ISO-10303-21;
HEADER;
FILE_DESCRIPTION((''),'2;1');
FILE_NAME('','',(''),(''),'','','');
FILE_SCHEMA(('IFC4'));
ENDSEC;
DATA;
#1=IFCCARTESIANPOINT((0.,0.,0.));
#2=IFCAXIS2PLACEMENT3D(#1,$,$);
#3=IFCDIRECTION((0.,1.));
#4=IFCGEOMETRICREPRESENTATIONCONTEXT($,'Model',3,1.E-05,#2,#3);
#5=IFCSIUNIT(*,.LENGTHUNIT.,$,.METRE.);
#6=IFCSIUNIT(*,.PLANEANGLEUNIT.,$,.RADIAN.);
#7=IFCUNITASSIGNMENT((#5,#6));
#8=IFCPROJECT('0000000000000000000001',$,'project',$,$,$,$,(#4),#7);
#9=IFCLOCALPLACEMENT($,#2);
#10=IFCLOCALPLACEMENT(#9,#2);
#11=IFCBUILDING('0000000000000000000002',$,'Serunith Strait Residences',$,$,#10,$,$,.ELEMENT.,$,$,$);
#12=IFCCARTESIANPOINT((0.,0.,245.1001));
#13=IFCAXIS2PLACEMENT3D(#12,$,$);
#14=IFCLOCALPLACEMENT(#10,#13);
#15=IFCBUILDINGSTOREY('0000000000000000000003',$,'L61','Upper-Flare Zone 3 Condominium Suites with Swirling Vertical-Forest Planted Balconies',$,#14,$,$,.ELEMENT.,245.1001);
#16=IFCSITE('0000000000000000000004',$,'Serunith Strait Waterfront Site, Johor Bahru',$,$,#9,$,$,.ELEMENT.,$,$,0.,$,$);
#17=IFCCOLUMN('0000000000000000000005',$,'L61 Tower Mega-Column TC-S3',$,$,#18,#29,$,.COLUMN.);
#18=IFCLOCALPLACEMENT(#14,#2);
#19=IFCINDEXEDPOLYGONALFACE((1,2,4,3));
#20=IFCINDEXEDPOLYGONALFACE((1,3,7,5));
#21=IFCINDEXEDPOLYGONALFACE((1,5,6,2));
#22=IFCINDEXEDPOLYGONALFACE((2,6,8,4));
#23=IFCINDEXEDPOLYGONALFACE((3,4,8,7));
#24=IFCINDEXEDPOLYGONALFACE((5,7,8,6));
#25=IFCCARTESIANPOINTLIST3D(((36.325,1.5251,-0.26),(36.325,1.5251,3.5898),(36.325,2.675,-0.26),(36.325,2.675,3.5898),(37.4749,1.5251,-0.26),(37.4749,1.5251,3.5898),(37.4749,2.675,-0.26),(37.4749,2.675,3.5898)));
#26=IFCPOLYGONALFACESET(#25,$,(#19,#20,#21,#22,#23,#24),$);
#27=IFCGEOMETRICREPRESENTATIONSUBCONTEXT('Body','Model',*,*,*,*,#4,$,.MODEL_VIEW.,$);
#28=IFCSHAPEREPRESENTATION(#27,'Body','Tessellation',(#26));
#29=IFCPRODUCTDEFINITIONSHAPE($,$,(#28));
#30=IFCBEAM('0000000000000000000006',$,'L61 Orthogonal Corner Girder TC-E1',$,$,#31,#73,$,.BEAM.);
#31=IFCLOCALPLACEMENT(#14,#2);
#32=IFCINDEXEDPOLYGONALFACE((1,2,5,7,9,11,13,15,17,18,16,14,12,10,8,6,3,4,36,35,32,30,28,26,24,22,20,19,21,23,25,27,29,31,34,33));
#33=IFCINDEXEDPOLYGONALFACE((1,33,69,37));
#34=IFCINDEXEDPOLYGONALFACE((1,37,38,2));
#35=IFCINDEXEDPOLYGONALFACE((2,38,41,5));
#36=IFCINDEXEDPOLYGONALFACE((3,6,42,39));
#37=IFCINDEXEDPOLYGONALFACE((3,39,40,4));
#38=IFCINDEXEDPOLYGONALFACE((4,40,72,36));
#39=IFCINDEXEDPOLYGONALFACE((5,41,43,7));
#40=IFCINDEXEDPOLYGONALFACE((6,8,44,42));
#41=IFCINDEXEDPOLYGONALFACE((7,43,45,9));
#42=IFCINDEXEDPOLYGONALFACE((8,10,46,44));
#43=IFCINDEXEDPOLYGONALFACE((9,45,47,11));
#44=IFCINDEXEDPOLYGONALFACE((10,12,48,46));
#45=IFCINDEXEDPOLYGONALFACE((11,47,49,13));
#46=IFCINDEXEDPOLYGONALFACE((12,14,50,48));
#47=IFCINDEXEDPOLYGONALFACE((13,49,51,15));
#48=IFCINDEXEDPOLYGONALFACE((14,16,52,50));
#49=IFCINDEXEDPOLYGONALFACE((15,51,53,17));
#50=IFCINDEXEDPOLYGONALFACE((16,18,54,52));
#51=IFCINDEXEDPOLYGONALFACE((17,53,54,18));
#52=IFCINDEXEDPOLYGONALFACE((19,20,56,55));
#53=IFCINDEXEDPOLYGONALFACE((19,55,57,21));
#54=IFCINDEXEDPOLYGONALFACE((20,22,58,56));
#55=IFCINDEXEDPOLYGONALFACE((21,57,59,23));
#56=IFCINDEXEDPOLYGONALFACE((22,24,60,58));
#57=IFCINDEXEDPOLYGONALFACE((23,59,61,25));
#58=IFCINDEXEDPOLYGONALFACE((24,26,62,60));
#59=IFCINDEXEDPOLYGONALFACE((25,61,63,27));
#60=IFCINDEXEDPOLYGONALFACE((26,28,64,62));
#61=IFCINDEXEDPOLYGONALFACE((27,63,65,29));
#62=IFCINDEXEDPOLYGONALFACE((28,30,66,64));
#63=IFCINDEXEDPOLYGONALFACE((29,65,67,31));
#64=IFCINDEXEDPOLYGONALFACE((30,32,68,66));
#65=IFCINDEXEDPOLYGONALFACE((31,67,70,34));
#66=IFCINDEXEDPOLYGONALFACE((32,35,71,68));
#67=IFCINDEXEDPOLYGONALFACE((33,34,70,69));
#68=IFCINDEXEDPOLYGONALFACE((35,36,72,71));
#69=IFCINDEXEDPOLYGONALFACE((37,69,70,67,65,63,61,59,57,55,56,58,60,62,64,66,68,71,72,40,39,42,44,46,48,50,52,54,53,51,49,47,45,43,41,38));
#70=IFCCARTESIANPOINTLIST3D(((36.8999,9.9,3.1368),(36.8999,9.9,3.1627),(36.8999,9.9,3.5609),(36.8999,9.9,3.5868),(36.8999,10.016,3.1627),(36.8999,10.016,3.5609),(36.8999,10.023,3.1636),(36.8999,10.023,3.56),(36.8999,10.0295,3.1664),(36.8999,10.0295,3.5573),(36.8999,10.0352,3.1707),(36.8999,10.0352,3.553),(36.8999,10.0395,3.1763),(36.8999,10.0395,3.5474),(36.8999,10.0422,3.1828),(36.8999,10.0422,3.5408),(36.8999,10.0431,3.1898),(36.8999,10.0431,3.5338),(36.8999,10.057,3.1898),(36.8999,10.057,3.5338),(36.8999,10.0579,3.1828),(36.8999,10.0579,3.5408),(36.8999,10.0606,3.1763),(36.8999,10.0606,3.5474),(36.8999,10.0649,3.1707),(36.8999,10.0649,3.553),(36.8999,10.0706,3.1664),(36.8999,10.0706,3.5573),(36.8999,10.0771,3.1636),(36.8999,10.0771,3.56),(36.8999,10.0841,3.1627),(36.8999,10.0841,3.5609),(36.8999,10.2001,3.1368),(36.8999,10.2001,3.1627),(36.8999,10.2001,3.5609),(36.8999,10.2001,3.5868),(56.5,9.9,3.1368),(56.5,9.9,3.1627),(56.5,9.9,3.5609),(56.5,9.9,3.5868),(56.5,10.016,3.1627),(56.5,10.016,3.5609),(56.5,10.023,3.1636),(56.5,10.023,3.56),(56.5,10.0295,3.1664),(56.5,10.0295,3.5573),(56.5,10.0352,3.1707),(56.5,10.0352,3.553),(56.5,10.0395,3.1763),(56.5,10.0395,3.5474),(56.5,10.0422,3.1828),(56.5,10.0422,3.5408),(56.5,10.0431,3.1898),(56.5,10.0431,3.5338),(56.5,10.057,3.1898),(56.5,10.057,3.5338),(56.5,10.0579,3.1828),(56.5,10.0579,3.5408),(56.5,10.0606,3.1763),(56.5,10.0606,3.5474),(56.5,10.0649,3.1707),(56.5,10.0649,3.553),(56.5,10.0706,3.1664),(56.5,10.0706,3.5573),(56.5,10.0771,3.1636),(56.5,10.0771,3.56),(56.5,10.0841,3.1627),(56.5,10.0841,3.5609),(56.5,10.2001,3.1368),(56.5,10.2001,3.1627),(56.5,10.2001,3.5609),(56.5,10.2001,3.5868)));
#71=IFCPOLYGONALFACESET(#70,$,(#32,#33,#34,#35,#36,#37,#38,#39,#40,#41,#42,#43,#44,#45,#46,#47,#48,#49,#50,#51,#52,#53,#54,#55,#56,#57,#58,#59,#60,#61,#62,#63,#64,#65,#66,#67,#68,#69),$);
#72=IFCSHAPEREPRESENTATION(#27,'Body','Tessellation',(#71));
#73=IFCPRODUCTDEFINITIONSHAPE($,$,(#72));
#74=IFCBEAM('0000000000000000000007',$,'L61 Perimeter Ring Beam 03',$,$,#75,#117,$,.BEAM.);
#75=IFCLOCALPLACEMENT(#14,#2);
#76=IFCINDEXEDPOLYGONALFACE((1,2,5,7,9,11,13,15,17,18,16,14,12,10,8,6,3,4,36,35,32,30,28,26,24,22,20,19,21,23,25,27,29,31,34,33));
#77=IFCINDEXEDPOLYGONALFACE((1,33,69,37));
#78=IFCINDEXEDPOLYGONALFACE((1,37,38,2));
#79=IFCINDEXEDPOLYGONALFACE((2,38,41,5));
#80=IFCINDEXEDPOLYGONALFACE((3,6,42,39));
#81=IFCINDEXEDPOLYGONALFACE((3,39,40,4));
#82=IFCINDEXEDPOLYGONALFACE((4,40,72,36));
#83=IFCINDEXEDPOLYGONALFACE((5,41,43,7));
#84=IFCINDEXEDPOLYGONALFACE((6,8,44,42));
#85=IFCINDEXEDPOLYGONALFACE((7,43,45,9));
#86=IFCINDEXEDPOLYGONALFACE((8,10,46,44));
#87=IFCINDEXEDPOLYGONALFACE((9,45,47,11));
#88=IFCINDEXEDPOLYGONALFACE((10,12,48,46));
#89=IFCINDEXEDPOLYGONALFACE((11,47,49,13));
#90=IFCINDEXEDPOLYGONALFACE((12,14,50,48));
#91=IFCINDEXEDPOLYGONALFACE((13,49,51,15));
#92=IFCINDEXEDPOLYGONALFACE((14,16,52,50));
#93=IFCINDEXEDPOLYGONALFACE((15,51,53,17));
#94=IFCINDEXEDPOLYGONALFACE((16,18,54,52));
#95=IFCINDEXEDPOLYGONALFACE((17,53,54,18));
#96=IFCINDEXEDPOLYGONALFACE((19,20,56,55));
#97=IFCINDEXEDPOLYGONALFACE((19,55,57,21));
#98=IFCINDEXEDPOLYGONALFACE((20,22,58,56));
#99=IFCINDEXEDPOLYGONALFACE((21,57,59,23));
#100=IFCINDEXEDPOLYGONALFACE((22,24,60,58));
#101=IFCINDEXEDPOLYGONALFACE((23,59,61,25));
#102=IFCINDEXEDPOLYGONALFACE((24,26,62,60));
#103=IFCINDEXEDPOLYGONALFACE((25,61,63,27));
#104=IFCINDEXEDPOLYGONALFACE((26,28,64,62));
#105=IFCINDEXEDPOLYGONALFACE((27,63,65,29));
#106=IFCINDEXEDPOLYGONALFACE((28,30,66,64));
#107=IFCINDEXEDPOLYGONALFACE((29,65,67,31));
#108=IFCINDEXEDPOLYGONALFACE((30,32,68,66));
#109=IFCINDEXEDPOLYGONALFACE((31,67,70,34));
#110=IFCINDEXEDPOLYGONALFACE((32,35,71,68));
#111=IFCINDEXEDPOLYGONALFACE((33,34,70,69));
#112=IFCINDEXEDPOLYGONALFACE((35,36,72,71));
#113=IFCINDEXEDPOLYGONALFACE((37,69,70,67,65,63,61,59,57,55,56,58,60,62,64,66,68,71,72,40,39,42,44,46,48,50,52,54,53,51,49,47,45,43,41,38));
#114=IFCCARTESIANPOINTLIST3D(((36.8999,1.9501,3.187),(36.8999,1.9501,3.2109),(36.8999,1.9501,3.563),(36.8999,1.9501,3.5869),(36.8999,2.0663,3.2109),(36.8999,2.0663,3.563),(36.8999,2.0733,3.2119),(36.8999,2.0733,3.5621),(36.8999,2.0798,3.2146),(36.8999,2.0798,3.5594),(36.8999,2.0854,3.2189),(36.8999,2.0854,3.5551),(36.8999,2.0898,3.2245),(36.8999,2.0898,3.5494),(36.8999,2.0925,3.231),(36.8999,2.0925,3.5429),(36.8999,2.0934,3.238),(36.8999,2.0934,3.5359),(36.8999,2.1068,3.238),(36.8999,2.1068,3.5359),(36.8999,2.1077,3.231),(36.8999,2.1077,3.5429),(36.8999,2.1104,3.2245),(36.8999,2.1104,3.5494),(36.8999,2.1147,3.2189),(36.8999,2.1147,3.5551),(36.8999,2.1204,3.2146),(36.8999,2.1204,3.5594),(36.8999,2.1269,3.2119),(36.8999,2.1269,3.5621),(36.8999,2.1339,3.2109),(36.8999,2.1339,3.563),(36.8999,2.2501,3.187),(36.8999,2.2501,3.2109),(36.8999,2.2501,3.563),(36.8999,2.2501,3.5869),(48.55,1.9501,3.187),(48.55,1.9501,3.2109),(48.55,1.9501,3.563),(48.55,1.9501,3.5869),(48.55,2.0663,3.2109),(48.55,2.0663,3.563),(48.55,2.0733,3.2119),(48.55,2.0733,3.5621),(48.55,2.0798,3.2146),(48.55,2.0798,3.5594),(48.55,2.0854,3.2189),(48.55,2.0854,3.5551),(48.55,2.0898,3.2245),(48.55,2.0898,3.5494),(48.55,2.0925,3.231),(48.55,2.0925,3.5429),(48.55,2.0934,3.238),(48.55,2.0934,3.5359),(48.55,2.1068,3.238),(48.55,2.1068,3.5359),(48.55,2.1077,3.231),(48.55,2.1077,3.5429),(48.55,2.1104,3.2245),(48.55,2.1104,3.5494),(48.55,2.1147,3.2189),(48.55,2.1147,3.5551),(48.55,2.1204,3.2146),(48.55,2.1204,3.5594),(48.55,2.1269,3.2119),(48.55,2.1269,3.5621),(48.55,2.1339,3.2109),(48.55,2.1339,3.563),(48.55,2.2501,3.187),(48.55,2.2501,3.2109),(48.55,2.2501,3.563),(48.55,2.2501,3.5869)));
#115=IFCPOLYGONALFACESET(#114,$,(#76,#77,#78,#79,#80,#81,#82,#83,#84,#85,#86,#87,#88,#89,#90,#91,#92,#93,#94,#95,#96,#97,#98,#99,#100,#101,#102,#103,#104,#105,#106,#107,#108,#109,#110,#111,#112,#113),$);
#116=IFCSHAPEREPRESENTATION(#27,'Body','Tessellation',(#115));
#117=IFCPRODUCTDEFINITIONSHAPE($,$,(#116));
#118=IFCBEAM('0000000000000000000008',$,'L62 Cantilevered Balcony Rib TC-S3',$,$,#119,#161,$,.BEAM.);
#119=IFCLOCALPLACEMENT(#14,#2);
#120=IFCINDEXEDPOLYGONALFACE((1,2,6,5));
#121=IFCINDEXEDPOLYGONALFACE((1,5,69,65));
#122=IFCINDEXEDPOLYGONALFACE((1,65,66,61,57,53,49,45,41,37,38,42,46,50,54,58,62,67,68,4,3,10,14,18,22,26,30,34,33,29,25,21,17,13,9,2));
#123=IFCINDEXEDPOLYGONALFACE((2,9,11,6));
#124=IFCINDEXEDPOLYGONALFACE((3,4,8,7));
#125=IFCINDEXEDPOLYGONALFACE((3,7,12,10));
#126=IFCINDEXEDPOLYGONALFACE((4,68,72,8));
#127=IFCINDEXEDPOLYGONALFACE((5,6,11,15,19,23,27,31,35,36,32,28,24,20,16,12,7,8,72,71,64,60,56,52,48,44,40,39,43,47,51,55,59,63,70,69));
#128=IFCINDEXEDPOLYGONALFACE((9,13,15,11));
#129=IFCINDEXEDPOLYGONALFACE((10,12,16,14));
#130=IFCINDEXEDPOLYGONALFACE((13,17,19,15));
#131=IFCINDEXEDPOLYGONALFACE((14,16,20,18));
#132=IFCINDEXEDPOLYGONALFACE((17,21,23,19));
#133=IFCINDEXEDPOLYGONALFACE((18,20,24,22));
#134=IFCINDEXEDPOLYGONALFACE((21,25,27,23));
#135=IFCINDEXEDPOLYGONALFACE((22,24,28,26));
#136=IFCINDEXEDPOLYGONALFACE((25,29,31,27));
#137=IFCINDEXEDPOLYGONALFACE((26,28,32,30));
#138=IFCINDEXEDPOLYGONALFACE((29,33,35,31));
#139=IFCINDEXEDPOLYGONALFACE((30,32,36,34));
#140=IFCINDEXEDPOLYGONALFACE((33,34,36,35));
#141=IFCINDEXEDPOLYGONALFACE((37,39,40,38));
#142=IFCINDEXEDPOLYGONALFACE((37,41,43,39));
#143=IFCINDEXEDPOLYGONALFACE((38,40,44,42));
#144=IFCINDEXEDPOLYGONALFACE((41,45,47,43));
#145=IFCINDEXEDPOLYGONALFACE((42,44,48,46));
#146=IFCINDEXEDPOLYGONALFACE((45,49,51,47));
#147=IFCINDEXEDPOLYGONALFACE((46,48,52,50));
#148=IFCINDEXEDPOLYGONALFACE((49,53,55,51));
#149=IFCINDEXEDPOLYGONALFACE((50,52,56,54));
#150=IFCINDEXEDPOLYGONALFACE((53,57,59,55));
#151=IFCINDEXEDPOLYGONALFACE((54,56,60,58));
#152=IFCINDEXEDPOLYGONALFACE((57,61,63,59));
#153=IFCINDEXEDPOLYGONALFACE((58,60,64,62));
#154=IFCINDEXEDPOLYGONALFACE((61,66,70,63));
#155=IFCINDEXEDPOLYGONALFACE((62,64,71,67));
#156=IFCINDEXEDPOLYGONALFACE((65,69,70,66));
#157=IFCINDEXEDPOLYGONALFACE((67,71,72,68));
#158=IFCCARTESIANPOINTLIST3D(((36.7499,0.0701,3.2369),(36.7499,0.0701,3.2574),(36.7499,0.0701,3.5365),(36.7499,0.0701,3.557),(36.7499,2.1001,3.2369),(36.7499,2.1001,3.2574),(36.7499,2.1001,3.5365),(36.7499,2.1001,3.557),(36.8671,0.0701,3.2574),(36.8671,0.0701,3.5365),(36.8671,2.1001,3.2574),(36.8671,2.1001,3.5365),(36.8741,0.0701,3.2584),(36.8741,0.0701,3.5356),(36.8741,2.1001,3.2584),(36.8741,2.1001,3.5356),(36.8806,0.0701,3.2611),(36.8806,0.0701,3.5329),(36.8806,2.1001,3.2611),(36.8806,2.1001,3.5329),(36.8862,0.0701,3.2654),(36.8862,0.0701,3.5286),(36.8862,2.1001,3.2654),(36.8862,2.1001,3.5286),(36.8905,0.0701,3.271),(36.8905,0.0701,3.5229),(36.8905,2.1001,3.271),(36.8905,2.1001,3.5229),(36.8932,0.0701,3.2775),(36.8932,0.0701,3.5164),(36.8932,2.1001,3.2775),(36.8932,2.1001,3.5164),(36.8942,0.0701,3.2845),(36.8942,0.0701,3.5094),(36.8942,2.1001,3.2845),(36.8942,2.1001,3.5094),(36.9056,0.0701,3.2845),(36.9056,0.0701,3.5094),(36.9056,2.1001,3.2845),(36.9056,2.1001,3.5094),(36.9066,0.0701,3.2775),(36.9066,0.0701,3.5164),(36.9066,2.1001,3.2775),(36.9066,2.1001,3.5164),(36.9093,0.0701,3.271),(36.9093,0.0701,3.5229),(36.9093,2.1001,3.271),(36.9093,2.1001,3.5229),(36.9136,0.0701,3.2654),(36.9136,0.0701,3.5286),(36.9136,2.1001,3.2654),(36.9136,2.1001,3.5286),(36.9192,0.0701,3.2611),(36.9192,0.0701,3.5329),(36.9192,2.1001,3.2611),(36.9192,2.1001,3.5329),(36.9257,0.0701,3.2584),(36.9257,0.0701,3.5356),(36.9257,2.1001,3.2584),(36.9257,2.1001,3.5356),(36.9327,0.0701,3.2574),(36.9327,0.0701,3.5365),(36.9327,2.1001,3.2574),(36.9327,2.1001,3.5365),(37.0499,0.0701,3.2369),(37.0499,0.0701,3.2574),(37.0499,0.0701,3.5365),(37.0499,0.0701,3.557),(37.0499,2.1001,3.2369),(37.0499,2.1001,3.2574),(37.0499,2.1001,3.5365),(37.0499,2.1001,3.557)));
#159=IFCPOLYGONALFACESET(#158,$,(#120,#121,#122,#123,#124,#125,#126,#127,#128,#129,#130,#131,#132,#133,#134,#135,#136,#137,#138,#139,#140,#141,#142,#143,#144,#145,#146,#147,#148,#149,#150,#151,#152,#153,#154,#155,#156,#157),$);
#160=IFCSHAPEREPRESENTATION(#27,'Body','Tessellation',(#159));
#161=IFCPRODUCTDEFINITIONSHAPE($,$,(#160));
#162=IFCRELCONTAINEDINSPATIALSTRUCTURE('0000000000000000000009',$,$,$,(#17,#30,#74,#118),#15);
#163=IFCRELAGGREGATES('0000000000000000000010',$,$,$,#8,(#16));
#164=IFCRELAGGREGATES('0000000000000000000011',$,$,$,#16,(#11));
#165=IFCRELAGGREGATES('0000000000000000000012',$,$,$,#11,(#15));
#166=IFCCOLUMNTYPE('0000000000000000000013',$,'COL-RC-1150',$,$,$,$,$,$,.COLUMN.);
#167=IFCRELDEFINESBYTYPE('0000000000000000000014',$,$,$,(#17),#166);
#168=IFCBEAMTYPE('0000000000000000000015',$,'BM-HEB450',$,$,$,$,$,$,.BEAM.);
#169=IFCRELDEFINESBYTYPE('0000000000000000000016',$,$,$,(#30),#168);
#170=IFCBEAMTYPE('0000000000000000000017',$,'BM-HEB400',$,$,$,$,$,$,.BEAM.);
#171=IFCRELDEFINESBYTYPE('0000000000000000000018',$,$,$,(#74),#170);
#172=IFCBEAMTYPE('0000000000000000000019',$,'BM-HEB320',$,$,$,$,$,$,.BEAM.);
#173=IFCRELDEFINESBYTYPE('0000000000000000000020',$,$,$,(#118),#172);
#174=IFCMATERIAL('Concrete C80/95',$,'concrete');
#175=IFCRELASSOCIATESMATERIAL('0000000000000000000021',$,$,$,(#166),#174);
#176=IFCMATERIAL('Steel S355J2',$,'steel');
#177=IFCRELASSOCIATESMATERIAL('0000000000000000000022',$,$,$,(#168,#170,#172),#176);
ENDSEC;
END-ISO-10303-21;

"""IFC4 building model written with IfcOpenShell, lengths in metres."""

from ifc_helpers import new_model, si_unit, direction, frame, origin, origin_2d, place, context, subcontext, project, spatial, rectangle, i_section, extrude, source, transform, mapped, material, material_profile, profile_set, type_object, element, save


model = new_model("IFC4")

# Units and contexts
model_context = context("Model", 3, precision=1e-05, world=origin(), true_north=direction((0.0, 1.0)))
body_context = subcontext(model_context, "Body", "Model", "MODEL_VIEW")
ifc_project = project(units=[si_unit("LENGTHUNIT", "METRE"), si_unit("PLANEANGLEUNIT", "RADIAN")], contexts=[model_context])

# Site, building, storey
site_placement = place(None, origin())
site = spatial("IfcSite", under=ifc_project, at=site_placement, Name="Serunith Strait Waterfront Site, Johor Bahru", CompositionType="ELEMENT", RefElevation=0.0)
building_placement = place(site_placement, origin())
building = spatial("IfcBuilding", under=site, at=building_placement, Name="Serunith Strait Residences", CompositionType="ELEMENT")
storey_placement = place(building_placement, frame((0.0, 0.0, 245.1001)))
storey = spatial("IfcBuildingStorey", under=building, at=storey_placement, Name="L61", Description="Upper-Flare Zone 3 Condominium Suites with Swirling Vertical-Forest Planted Balconies", CompositionType="ELEMENT", Elevation=245.1001)

# Column
ifc_material_1 = material(Name="Concrete C80/95", Category="concrete")
ifc_material_profile_1 = material_profile(ifc_material_1, rectangle(XDim=1.1499, YDim=1.1499, at=origin_2d()), Name="RC 1150x1150")
ifc_profile_set_1 = profile_set([ifc_material_profile_1], Name="Concrete C80/95")
column_type = type_object("IfcColumnType", Name="COL-RC-1150", PredefinedType="COLUMN", material=ifc_profile_set_1)
shared_shape_1 = source(origin(), body_context, "Body", "SweptSolid", [
    extrude(rectangle(XDim=1.1499, YDim=1.1499, at=origin_2d()), origin(), (0.0, 0.0, 1.0), 3.8499),
])
column_placement = place(storey_placement, frame((36.8999, 2.1001, -0.26), z_axis=(0.0, 0.0, 1.0), x_axis=(1.0, 0.0, 0.0)))
element("IfcColumn", 1, at=column_placement, inside=storey, type_object=column_type, Name="L61 Tower Mega-Column TC-S3", PredefinedType="COLUMN", context=body_context, shape_type="MappedRepresentation", body=[
    mapped(shared_shape_1, transform((0.0, 0.0, 0.0), scale=1.0)),
])

# Beams
ifc_material_2 = material(Name="Steel S355J2", Category="steel")
ifc_material_profile_2 = material_profile(ifc_material_2, i_section(OverallWidth=0.3, OverallDepth=0.45, WebThickness=0.0139, FlangeThickness=0.0259, FilletRadius=0.0271, at=origin_2d()), Name="HEB 450")
ifc_profile_set_2 = profile_set([ifc_material_profile_2], Name="Steel S355J2")
beam_type_1 = type_object("IfcBeamType", Name="BM-HEB450", PredefinedType="BEAM", material=ifc_profile_set_2)
shared_shape_2 = source(origin(), body_context, "Body", "SweptSolid", [
    extrude(i_section(OverallWidth=0.3, OverallDepth=0.45, WebThickness=0.0139, FlangeThickness=0.0259, FilletRadius=0.0271, at=origin_2d()), origin(), (0.0, 0.0, 1.0), 19.6001),
])
beam_1_placement = place(storey_placement, frame((36.8999, 10.05, 3.3618), z_axis=(1.0, 0.0, 0.0), x_axis=(0.0, 1.0, 0.0)))
element("IfcBeam", 2, at=beam_1_placement, inside=storey, type_object=beam_type_1, Name="L61 Orthogonal Corner Girder TC-E1", PredefinedType="BEAM", context=body_context, shape_type="MappedRepresentation", body=[
    mapped(shared_shape_2, transform((0.0, 0.0, 0.0), scale=1.0)),
])
ifc_material_profile_3 = material_profile(ifc_material_2, i_section(OverallWidth=0.3, OverallDepth=0.3999, WebThickness=0.0134, FlangeThickness=0.0239, FilletRadius=0.0271, at=origin_2d()), Name="HEB 400")
ifc_profile_set_3 = profile_set([ifc_material_profile_3], Name="Steel S355J2")
beam_type_2 = type_object("IfcBeamType", Name="BM-HEB400", PredefinedType="BEAM", material=ifc_profile_set_3)
shared_shape_3 = source(origin(), body_context, "Body", "SweptSolid", [
    extrude(i_section(OverallWidth=0.3, OverallDepth=0.3999, WebThickness=0.0134, FlangeThickness=0.0239, FilletRadius=0.0271, at=origin_2d()), origin(), (0.0, 0.0, 1.0), 11.6501),
])
beam_2_placement = place(storey_placement, frame((36.8999, 2.1001, 3.387), z_axis=(1.0, 0.0, 0.0), x_axis=(0.0, 1.0, 0.0)))
element("IfcBeam", 3, at=beam_2_placement, inside=storey, type_object=beam_type_2, Name="L61 Perimeter Ring Beam 03", PredefinedType="BEAM", context=body_context, shape_type="MappedRepresentation", body=[
    mapped(shared_shape_3, transform((0.0, 0.0, 0.0), scale=1.0)),
])
ifc_material_profile_4 = material_profile(ifc_material_2, i_section(OverallWidth=0.3, OverallDepth=0.3201, WebThickness=0.0115, FlangeThickness=0.0205, FilletRadius=0.0271, at=origin_2d()), Name="HEB 320")
ifc_profile_set_4 = profile_set([ifc_material_profile_4], Name="Steel S355J2")
beam_type_3 = type_object("IfcBeamType", Name="BM-HEB320", PredefinedType="BEAM", material=ifc_profile_set_4)
shared_shape_4 = source(origin(), body_context, "Body", "SweptSolid", [
    extrude(i_section(OverallWidth=0.3, OverallDepth=0.3201, WebThickness=0.0115, FlangeThickness=0.0205, FilletRadius=0.0271, at=origin_2d()), origin(), (0.0, 0.0, 1.0), 2.03),
])
beam_3_placement = place(storey_placement, frame((36.8999, 2.1001, 3.397), z_axis=(0.0, -1.0, 0.0), x_axis=(1.0, 0.0, 0.0)))
element("IfcBeam", 4, at=beam_3_placement, inside=storey, type_object=beam_type_3, Name="L62 Cantilevered Balcony Rib TC-S3", PredefinedType="BEAM", context=body_context, shape_type="MappedRepresentation", body=[
    mapped(shared_shape_4, transform((0.0, 0.0, 0.0), scale=1.0)),
])

save(model, "model.ifc")
